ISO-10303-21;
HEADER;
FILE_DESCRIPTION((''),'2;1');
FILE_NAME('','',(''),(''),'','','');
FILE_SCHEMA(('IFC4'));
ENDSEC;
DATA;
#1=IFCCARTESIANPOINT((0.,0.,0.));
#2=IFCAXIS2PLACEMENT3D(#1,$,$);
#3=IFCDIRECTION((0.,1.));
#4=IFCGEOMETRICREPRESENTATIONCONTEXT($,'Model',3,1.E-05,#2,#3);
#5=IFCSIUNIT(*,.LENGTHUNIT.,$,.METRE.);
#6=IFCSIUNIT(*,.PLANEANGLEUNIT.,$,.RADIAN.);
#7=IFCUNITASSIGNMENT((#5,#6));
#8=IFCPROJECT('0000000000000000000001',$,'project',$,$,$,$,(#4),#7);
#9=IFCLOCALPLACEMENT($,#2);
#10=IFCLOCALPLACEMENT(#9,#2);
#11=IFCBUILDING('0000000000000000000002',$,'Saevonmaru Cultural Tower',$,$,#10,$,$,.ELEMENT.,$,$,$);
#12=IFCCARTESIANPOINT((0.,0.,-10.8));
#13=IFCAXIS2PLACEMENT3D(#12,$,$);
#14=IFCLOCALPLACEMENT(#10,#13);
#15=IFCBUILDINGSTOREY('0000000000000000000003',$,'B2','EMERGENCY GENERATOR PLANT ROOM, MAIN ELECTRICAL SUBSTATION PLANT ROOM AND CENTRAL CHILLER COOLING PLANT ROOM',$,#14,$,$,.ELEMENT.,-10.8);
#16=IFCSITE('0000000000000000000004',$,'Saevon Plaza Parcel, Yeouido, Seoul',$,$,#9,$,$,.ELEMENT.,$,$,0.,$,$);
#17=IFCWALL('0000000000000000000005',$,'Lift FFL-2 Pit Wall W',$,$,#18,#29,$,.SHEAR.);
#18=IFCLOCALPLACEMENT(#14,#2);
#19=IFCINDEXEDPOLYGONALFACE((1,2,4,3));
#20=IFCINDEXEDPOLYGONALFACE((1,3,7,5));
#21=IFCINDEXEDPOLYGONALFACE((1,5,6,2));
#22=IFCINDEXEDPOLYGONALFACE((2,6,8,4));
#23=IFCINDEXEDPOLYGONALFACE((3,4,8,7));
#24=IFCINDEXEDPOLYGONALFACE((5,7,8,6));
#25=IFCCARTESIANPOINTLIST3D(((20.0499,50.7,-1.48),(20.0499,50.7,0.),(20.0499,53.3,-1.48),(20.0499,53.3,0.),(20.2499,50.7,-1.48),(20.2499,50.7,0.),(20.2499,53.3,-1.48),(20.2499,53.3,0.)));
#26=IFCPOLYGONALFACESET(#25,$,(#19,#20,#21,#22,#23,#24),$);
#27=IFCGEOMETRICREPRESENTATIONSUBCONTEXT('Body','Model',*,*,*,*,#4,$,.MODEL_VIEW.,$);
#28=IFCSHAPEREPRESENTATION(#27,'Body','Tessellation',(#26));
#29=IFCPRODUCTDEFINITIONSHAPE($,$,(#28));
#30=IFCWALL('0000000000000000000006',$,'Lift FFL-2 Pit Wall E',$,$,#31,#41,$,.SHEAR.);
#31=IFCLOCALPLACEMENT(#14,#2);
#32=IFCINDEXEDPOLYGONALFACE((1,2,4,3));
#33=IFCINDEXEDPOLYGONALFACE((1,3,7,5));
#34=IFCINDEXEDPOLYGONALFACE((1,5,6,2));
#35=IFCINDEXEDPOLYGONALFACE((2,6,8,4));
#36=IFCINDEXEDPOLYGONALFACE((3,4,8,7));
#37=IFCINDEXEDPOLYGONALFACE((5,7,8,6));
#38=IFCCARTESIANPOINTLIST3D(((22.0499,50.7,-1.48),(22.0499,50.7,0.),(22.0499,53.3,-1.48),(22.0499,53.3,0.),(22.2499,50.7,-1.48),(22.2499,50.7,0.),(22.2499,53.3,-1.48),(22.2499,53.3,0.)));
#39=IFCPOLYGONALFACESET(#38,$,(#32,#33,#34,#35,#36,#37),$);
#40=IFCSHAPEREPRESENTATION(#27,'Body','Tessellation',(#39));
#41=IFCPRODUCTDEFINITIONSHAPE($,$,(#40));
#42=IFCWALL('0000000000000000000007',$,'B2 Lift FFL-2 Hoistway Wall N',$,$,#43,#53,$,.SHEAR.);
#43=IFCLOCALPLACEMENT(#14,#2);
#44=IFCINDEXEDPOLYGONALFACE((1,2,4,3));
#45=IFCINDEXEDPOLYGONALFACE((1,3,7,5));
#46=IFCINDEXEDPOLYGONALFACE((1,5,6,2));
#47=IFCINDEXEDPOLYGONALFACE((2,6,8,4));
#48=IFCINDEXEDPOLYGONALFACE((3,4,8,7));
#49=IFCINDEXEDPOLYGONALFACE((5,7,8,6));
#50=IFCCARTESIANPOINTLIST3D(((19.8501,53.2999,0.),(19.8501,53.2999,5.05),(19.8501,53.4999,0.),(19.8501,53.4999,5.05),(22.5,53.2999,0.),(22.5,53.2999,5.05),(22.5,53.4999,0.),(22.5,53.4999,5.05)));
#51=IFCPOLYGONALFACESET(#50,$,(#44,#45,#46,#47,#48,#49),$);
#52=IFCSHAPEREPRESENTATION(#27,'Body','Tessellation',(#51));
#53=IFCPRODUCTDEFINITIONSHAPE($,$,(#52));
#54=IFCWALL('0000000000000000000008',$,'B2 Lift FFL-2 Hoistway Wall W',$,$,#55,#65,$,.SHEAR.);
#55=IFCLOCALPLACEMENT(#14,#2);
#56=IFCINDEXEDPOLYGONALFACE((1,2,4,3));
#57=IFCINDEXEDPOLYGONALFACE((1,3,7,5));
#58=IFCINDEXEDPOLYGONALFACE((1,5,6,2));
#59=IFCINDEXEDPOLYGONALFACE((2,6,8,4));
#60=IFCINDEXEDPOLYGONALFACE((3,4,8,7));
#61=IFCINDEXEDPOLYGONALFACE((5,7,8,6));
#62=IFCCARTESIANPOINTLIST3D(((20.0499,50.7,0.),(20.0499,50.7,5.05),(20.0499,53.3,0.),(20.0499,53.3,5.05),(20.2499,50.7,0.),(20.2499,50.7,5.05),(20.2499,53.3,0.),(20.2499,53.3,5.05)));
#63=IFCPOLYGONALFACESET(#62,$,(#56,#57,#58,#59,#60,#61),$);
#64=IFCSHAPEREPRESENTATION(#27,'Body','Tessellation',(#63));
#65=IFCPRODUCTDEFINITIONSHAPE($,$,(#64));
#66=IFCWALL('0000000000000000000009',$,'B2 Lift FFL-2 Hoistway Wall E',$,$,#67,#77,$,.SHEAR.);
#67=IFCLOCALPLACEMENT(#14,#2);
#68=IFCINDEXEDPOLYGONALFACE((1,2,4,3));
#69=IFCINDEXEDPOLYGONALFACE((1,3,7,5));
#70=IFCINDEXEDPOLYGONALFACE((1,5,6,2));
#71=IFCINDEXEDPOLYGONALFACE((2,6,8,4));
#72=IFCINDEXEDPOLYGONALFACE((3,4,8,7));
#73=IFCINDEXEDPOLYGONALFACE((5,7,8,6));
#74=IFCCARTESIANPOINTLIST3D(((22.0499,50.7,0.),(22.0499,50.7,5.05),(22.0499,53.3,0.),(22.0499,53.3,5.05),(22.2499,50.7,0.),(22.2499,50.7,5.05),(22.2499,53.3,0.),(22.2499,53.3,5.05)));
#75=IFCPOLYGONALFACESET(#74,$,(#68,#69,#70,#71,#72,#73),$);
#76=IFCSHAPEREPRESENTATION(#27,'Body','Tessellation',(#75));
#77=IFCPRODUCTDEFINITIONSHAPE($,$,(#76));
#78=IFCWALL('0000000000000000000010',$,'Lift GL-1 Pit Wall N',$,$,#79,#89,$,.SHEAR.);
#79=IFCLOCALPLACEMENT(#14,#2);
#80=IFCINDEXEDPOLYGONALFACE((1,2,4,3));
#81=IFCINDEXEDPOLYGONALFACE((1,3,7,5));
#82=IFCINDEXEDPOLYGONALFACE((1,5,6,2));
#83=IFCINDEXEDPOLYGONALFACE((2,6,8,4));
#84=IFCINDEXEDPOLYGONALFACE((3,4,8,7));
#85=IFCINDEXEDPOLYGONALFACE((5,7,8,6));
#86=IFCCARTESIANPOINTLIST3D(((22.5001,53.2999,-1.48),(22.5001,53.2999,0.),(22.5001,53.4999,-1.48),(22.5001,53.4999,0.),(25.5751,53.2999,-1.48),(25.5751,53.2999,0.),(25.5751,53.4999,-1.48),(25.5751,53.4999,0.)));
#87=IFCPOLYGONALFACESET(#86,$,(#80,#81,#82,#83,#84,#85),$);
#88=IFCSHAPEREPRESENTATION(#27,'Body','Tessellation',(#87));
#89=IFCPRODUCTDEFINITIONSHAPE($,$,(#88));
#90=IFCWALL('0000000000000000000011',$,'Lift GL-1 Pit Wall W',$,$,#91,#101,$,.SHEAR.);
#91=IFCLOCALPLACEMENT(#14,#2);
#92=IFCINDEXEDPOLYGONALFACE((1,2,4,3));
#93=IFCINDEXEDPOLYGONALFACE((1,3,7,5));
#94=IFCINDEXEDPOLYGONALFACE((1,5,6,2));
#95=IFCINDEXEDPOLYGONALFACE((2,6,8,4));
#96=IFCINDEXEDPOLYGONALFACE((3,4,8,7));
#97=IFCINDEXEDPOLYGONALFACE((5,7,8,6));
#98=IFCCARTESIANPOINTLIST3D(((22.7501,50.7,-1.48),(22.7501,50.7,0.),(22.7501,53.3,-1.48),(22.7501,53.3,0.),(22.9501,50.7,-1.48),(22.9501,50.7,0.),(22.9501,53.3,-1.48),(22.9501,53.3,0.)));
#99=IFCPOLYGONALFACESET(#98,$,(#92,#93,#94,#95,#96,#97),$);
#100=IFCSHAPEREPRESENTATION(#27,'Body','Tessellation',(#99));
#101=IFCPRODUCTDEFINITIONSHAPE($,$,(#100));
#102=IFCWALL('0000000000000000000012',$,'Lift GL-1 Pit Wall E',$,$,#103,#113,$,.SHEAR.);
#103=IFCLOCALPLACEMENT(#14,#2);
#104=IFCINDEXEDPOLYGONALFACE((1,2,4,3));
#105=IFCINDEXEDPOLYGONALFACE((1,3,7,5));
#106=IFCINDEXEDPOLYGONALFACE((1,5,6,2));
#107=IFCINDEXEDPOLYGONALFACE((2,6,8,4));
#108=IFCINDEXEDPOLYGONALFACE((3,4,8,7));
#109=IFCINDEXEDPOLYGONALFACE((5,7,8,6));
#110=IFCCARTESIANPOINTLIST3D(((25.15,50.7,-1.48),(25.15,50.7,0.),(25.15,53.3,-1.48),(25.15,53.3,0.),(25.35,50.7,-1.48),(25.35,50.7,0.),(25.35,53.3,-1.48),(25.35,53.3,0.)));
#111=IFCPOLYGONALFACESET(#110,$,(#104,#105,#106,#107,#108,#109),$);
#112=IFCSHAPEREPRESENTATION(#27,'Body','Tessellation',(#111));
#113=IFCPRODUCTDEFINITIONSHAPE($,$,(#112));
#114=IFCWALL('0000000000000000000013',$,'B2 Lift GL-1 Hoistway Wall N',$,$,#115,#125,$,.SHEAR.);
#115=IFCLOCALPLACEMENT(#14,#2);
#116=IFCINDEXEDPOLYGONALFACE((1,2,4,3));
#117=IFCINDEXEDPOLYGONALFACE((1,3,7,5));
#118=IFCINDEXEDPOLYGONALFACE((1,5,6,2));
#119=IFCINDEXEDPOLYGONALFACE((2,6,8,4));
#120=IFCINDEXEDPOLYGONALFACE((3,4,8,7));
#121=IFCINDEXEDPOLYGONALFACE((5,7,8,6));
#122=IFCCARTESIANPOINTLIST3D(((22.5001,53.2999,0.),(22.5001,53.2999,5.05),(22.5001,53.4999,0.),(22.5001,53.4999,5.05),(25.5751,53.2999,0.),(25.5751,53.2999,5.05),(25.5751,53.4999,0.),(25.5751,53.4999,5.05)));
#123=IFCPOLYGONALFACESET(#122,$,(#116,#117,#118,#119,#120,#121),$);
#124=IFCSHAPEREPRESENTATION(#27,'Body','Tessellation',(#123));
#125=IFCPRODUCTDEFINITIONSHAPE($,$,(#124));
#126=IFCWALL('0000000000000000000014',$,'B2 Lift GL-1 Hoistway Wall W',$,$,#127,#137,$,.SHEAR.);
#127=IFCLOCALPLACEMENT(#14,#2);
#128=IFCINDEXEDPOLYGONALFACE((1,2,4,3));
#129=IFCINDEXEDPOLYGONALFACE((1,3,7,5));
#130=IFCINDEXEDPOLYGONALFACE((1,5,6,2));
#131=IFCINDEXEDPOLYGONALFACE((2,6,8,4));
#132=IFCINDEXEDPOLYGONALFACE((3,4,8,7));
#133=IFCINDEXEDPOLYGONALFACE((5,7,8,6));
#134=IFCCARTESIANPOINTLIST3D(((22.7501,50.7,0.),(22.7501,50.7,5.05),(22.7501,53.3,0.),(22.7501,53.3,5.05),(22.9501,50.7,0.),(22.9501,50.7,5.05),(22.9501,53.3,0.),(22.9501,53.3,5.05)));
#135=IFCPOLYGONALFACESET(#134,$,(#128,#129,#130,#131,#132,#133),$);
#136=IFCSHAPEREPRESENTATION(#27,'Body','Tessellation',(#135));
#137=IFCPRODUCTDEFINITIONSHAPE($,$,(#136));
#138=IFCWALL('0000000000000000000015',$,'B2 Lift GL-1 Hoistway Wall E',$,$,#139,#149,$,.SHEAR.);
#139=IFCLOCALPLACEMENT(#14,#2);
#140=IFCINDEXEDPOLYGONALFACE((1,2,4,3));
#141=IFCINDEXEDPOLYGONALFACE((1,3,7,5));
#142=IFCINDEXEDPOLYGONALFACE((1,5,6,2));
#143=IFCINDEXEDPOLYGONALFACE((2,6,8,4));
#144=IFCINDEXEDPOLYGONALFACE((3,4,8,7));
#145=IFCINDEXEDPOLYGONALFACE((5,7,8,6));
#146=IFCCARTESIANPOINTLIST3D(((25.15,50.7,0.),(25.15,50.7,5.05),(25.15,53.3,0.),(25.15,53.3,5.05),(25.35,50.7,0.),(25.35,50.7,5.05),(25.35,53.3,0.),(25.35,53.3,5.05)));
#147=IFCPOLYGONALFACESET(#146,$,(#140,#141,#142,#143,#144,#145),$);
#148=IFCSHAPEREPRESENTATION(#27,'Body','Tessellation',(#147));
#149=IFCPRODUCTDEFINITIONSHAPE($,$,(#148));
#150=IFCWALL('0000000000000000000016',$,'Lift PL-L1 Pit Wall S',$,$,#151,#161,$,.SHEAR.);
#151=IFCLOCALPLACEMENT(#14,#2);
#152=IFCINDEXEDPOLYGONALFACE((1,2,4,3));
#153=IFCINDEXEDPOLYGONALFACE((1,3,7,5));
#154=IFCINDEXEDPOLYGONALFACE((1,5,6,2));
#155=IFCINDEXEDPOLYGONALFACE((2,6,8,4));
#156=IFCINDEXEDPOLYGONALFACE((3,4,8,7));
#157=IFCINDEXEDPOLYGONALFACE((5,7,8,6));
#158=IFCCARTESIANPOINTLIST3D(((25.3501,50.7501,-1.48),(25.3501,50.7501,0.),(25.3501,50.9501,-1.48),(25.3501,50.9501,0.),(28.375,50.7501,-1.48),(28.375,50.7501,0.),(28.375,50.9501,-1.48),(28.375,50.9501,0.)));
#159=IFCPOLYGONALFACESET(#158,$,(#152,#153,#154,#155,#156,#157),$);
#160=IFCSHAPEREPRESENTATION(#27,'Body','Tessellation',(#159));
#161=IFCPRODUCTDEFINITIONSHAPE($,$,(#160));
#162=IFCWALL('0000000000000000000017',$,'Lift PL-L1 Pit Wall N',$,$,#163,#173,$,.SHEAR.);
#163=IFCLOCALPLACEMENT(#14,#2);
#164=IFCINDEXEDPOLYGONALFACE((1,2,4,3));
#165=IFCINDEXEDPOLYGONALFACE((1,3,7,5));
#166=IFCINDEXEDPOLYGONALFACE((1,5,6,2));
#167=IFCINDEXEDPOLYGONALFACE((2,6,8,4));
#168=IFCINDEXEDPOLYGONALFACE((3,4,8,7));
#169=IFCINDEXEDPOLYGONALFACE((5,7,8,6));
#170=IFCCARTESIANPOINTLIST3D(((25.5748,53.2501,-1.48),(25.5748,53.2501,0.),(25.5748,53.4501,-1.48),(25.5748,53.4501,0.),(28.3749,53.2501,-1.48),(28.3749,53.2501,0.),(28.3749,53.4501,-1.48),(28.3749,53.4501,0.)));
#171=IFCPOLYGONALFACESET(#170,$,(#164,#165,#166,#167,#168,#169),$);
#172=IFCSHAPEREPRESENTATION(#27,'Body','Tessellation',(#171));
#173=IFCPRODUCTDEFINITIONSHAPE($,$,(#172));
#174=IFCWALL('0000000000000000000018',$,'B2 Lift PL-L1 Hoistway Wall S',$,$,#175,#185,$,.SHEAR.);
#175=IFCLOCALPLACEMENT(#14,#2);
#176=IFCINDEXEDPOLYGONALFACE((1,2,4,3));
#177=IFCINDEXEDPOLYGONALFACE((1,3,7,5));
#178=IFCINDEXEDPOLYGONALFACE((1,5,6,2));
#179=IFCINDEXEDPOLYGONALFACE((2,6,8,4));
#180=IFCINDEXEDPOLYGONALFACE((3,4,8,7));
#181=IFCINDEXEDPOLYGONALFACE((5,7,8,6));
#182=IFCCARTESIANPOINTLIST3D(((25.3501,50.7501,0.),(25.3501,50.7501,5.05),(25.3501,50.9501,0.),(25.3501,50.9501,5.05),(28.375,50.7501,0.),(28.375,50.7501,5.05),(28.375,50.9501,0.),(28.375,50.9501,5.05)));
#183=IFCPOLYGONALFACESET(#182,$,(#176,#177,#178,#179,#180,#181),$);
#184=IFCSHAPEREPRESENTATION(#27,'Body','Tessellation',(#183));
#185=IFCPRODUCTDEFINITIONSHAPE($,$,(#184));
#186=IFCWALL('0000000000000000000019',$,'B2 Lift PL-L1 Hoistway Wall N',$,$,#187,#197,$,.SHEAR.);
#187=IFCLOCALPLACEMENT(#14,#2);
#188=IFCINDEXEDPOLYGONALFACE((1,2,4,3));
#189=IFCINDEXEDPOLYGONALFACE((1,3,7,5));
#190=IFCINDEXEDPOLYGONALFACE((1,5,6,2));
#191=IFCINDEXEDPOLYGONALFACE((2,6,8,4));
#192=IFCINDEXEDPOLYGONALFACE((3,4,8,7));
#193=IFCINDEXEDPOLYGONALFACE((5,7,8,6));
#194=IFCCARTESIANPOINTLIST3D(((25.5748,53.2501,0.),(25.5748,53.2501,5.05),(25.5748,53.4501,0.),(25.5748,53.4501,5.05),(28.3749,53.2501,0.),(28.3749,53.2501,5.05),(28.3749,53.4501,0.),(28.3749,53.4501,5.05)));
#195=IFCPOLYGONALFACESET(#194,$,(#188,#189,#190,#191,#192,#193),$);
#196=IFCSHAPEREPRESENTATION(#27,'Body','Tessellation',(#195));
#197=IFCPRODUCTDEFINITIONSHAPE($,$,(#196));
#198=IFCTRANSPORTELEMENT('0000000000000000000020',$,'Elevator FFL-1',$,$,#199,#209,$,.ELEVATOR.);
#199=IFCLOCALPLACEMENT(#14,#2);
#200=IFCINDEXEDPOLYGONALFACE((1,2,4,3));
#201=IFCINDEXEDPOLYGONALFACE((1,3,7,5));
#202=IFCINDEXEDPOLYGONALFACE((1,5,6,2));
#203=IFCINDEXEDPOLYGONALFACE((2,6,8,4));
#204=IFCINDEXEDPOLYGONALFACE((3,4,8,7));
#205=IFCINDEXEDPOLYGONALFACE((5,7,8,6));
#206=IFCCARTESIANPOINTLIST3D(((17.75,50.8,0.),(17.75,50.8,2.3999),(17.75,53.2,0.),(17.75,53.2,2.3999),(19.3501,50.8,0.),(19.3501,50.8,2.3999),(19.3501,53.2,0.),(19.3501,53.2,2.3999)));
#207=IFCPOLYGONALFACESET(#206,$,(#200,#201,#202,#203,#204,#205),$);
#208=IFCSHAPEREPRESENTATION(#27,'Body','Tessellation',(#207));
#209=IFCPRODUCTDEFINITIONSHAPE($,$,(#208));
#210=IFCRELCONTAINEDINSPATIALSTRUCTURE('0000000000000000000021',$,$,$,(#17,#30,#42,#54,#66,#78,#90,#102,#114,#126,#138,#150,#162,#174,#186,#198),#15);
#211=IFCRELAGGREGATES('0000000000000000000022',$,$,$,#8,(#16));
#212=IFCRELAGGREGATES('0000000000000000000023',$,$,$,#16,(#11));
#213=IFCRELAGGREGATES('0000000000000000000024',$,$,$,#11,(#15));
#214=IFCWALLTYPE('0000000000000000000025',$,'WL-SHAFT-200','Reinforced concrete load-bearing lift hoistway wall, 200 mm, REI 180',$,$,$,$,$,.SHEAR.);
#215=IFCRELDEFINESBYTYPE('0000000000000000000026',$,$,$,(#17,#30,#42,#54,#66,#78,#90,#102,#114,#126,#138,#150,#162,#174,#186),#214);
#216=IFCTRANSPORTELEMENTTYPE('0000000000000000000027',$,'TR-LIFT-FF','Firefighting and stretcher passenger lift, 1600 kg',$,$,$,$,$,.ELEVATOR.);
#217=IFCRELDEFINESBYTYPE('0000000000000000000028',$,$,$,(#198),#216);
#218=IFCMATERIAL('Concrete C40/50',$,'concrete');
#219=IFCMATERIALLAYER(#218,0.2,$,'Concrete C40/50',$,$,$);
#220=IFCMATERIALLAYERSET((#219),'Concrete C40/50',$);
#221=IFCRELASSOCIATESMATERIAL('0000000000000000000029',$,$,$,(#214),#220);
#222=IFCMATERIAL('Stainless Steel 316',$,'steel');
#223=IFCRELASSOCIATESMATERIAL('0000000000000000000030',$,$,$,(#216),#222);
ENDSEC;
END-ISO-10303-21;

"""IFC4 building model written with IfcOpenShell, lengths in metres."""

from ifc_helpers import new_model, si_unit, direction, frame, frame_2d, origin, origin_2d, place, context, subcontext, project, spatial, rectangle, extrude, material, layer, layer_set, type_object, element, save


model = new_model("IFC4")

# Units and contexts
model_context = context("Model", 3, precision=1e-05, world=origin(), true_north=direction((0.0, 1.0)))
body_context = subcontext(model_context, "Body", "Model", "MODEL_VIEW")
ifc_project = project(units=[si_unit("LENGTHUNIT", "METRE"), si_unit("PLANEANGLEUNIT", "RADIAN")], contexts=[model_context])

# Site, building, storey
site_placement = place(None, origin())
site = spatial("IfcSite", under=ifc_project, at=site_placement, Name="Saevon Plaza Parcel, Yeouido, Seoul", CompositionType="ELEMENT", RefElevation=0.0)
building_placement = place(site_placement, origin())
building = spatial("IfcBuilding", under=site, at=building_placement, Name="Saevonmaru Cultural Tower", CompositionType="ELEMENT")
storey_placement = place(building_placement, frame((0.0, 0.0, -10.8)))
storey = spatial("IfcBuildingStorey", under=building, at=storey_placement, Name="B2", Description="EMERGENCY GENERATOR PLANT ROOM, MAIN ELECTRICAL SUBSTATION PLANT ROOM AND CENTRAL CHILLER COOLING PLANT ROOM", CompositionType="ELEMENT", Elevation=-10.8)

# Walls
ifc_material_1 = material(Name="Concrete C40/50", Category="concrete")
ifc_layer = layer(ifc_material_1, 0.2, Name="Concrete C40/50")
ifc_layer_set = layer_set([ifc_layer], Name="Concrete C40/50")
wall_type = type_object("IfcWallType", Name="WL-SHAFT-200", Description="Reinforced concrete load-bearing lift hoistway wall, 200 mm, REI 180", PredefinedType="SHEAR", material=ifc_layer_set)
for number, where, z_axis, x_axis, name in (
    (1, (20.1499, 50.7, -1.48), (0.0, 0.0, 1.0), (0.0, 1.0, 0.0), "Lift FFL-2 Pit Wall W"),
    (2, (22.1499, 50.7, -1.48), (0.0, 0.0, 1.0), (0.0, 1.0, 0.0), "Lift FFL-2 Pit Wall E"),
):
    element("IfcWall", number, at=place(storey_placement, frame(where, z_axis=z_axis, x_axis=x_axis)), inside=storey, type_object=wall_type, Name=name, PredefinedType="SHEAR", context=body_context, shape_type="SweptSolid", body=[
        extrude(rectangle(XDim=2.6001, YDim=0.2, at=frame_2d((1.3, 0.0))), origin(), (0.0, 0.0, 1.0), 1.48),
    ])
wall_1_placement = place(storey_placement, frame((19.8501, 53.3999, 0.0), z_axis=(0.0, 0.0, 1.0), x_axis=(1.0, 0.0, 0.0)))
element("IfcWall", 3, at=wall_1_placement, inside=storey, type_object=wall_type, Name="B2 Lift FFL-2 Hoistway Wall N", PredefinedType="SHEAR", context=body_context, shape_type="SweptSolid", body=[
    extrude(rectangle(XDim=2.6499, YDim=0.2, at=frame_2d((1.325, 0.0))), origin(), (0.0, 0.0, 1.0), 5.05),
])
for number, where, z_axis, x_axis, name in (
    (4, (20.1499, 50.7, 0.0), (0.0, 0.0, 1.0), (0.0, 1.0, 0.0), "B2 Lift FFL-2 Hoistway Wall W"),
    (5, (22.1499, 50.7, 0.0), (0.0, 0.0, 1.0), (0.0, 1.0, 0.0), "B2 Lift FFL-2 Hoistway Wall E"),
):
    element("IfcWall", number, at=place(storey_placement, frame(where, z_axis=z_axis, x_axis=x_axis)), inside=storey, type_object=wall_type, Name=name, PredefinedType="SHEAR", context=body_context, shape_type="SweptSolid", body=[
        extrude(rectangle(XDim=2.6001, YDim=0.2, at=frame_2d((1.3, 0.0))), origin(), (0.0, 0.0, 1.0), 5.05),
    ])
wall_2_placement = place(storey_placement, frame((22.5, 53.3999, -1.48), z_axis=(0.0, 0.0, 1.0), x_axis=(1.0, 0.0, 0.0)))
element("IfcWall", 6, at=wall_2_placement, inside=storey, type_object=wall_type, Name="Lift GL-1 Pit Wall N", PredefinedType="SHEAR", context=body_context, shape_type="SweptSolid", body=[
    extrude(rectangle(XDim=3.075, YDim=0.2, at=frame_2d((1.5376, 0.0))), origin(), (0.0, 0.0, 1.0), 1.48),
])
for number, where, z_axis, x_axis, name in (
    (7, (22.8501, 50.7, -1.48), (0.0, 0.0, 1.0), (0.0, 1.0, 0.0), "Lift GL-1 Pit Wall W"),
    (8, (25.25, 50.7, -1.48), (0.0, 0.0, 1.0), (0.0, 1.0, 0.0), "Lift GL-1 Pit Wall E"),
):
    element("IfcWall", number, at=place(storey_placement, frame(where, z_axis=z_axis, x_axis=x_axis)), inside=storey, type_object=wall_type, Name=name, PredefinedType="SHEAR", context=body_context, shape_type="SweptSolid", body=[
        extrude(rectangle(XDim=2.6001, YDim=0.2, at=frame_2d((1.3, 0.0))), origin(), (0.0, 0.0, 1.0), 1.48),
    ])
wall_3_placement = place(storey_placement, frame((22.5, 53.3999, 0.0), z_axis=(0.0, 0.0, 1.0), x_axis=(1.0, 0.0, 0.0)))
element("IfcWall", 9, at=wall_3_placement, inside=storey, type_object=wall_type, Name="B2 Lift GL-1 Hoistway Wall N", PredefinedType="SHEAR", context=body_context, shape_type="SweptSolid", body=[
    extrude(rectangle(XDim=3.075, YDim=0.2, at=frame_2d((1.5376, 0.0))), origin(), (0.0, 0.0, 1.0), 5.05),
])
for number, where, z_axis, x_axis, name in (
    (10, (22.8501, 50.7, 0.0), (0.0, 0.0, 1.0), (0.0, 1.0, 0.0), "B2 Lift GL-1 Hoistway Wall W"),
    (11, (25.25, 50.7, 0.0), (0.0, 0.0, 1.0), (0.0, 1.0, 0.0), "B2 Lift GL-1 Hoistway Wall E"),
):
    element("IfcWall", number, at=place(storey_placement, frame(where, z_axis=z_axis, x_axis=x_axis)), inside=storey, type_object=wall_type, Name=name, PredefinedType="SHEAR", context=body_context, shape_type="SweptSolid", body=[
        extrude(rectangle(XDim=2.6001, YDim=0.2, at=frame_2d((1.3, 0.0))), origin(), (0.0, 0.0, 1.0), 5.05),
    ])
wall_4_placement = place(storey_placement, frame((25.3501, 50.8501, -1.48), z_axis=(0.0, 0.0, 1.0), x_axis=(1.0, 0.0, 0.0)))
element("IfcWall", 12, at=wall_4_placement, inside=storey, type_object=wall_type, Name="Lift PL-L1 Pit Wall S", PredefinedType="SHEAR", context=body_context, shape_type="SweptSolid", body=[
    extrude(rectangle(XDim=3.0249, YDim=0.2, at=frame_2d((1.5125, 0.0))), origin(), (0.0, 0.0, 1.0), 1.48),
])
wall_5_placement = place(storey_placement, frame((25.575, 53.3501, -1.48), z_axis=(0.0, 0.0, 1.0), x_axis=(1.0, 0.0, 0.0)))
element("IfcWall", 13, at=wall_5_placement, inside=storey, type_object=wall_type, Name="Lift PL-L1 Pit Wall N", PredefinedType="SHEAR", context=body_context, shape_type="SweptSolid", body=[
    extrude(rectangle(XDim=2.8, YDim=0.2, at=frame_2d((1.3999, 0.0))), origin(), (0.0, 0.0, 1.0), 1.48),
])
wall_6_placement = place(storey_placement, frame((25.3501, 50.8501, 0.0), z_axis=(0.0, 0.0, 1.0), x_axis=(1.0, 0.0, 0.0)))
element("IfcWall", 14, at=wall_6_placement, inside=storey, type_object=wall_type, Name="B2 Lift PL-L1 Hoistway Wall S", PredefinedType="SHEAR", context=body_context, shape_type="SweptSolid", body=[
    extrude(rectangle(XDim=3.0249, YDim=0.2, at=frame_2d((1.5125, 0.0))), origin(), (0.0, 0.0, 1.0), 5.05),
])
wall_7_placement = place(storey_placement, frame((25.575, 53.3501, 0.0), z_axis=(0.0, 0.0, 1.0), x_axis=(1.0, 0.0, 0.0)))
element("IfcWall", 15, at=wall_7_placement, inside=storey, type_object=wall_type, Name="B2 Lift PL-L1 Hoistway Wall N", PredefinedType="SHEAR", context=body_context, shape_type="SweptSolid", body=[
    extrude(rectangle(XDim=2.8, YDim=0.2, at=frame_2d((1.3999, 0.0))), origin(), (0.0, 0.0, 1.0), 5.05),
])

# Transport element
ifc_material_2 = material(Name="Stainless Steel 316", Category="steel")
transport_element_type_1 = type_object("IfcTransportElementType", Name="TR-LIFT-FF", Description="Firefighting and stretcher passenger lift, 1600 kg", PredefinedType="ELEVATOR", material=ifc_material_2)
for number, where, z_axis, x_axis, name in (
    (16, (18.55, 52.0, 0.0), (0.0, 0.0, 1.0), (1.0, 0.0, 0.0), "Elevator FFL-1"),
):
    element("IfcTransportElement", number, at=place(storey_placement, frame(where, z_axis=z_axis, x_axis=x_axis)), inside=storey, type_object=transport_element_type_1, Name=name, PredefinedType="ELEVATOR", context=body_context, shape_type="SweptSolid", body=[
        extrude(rectangle(XDim=1.6001, YDim=2.3999, at=origin_2d()), origin(), (0.0, 0.0, 1.0), 2.3999),
    ])

save(model, "model.ifc")
